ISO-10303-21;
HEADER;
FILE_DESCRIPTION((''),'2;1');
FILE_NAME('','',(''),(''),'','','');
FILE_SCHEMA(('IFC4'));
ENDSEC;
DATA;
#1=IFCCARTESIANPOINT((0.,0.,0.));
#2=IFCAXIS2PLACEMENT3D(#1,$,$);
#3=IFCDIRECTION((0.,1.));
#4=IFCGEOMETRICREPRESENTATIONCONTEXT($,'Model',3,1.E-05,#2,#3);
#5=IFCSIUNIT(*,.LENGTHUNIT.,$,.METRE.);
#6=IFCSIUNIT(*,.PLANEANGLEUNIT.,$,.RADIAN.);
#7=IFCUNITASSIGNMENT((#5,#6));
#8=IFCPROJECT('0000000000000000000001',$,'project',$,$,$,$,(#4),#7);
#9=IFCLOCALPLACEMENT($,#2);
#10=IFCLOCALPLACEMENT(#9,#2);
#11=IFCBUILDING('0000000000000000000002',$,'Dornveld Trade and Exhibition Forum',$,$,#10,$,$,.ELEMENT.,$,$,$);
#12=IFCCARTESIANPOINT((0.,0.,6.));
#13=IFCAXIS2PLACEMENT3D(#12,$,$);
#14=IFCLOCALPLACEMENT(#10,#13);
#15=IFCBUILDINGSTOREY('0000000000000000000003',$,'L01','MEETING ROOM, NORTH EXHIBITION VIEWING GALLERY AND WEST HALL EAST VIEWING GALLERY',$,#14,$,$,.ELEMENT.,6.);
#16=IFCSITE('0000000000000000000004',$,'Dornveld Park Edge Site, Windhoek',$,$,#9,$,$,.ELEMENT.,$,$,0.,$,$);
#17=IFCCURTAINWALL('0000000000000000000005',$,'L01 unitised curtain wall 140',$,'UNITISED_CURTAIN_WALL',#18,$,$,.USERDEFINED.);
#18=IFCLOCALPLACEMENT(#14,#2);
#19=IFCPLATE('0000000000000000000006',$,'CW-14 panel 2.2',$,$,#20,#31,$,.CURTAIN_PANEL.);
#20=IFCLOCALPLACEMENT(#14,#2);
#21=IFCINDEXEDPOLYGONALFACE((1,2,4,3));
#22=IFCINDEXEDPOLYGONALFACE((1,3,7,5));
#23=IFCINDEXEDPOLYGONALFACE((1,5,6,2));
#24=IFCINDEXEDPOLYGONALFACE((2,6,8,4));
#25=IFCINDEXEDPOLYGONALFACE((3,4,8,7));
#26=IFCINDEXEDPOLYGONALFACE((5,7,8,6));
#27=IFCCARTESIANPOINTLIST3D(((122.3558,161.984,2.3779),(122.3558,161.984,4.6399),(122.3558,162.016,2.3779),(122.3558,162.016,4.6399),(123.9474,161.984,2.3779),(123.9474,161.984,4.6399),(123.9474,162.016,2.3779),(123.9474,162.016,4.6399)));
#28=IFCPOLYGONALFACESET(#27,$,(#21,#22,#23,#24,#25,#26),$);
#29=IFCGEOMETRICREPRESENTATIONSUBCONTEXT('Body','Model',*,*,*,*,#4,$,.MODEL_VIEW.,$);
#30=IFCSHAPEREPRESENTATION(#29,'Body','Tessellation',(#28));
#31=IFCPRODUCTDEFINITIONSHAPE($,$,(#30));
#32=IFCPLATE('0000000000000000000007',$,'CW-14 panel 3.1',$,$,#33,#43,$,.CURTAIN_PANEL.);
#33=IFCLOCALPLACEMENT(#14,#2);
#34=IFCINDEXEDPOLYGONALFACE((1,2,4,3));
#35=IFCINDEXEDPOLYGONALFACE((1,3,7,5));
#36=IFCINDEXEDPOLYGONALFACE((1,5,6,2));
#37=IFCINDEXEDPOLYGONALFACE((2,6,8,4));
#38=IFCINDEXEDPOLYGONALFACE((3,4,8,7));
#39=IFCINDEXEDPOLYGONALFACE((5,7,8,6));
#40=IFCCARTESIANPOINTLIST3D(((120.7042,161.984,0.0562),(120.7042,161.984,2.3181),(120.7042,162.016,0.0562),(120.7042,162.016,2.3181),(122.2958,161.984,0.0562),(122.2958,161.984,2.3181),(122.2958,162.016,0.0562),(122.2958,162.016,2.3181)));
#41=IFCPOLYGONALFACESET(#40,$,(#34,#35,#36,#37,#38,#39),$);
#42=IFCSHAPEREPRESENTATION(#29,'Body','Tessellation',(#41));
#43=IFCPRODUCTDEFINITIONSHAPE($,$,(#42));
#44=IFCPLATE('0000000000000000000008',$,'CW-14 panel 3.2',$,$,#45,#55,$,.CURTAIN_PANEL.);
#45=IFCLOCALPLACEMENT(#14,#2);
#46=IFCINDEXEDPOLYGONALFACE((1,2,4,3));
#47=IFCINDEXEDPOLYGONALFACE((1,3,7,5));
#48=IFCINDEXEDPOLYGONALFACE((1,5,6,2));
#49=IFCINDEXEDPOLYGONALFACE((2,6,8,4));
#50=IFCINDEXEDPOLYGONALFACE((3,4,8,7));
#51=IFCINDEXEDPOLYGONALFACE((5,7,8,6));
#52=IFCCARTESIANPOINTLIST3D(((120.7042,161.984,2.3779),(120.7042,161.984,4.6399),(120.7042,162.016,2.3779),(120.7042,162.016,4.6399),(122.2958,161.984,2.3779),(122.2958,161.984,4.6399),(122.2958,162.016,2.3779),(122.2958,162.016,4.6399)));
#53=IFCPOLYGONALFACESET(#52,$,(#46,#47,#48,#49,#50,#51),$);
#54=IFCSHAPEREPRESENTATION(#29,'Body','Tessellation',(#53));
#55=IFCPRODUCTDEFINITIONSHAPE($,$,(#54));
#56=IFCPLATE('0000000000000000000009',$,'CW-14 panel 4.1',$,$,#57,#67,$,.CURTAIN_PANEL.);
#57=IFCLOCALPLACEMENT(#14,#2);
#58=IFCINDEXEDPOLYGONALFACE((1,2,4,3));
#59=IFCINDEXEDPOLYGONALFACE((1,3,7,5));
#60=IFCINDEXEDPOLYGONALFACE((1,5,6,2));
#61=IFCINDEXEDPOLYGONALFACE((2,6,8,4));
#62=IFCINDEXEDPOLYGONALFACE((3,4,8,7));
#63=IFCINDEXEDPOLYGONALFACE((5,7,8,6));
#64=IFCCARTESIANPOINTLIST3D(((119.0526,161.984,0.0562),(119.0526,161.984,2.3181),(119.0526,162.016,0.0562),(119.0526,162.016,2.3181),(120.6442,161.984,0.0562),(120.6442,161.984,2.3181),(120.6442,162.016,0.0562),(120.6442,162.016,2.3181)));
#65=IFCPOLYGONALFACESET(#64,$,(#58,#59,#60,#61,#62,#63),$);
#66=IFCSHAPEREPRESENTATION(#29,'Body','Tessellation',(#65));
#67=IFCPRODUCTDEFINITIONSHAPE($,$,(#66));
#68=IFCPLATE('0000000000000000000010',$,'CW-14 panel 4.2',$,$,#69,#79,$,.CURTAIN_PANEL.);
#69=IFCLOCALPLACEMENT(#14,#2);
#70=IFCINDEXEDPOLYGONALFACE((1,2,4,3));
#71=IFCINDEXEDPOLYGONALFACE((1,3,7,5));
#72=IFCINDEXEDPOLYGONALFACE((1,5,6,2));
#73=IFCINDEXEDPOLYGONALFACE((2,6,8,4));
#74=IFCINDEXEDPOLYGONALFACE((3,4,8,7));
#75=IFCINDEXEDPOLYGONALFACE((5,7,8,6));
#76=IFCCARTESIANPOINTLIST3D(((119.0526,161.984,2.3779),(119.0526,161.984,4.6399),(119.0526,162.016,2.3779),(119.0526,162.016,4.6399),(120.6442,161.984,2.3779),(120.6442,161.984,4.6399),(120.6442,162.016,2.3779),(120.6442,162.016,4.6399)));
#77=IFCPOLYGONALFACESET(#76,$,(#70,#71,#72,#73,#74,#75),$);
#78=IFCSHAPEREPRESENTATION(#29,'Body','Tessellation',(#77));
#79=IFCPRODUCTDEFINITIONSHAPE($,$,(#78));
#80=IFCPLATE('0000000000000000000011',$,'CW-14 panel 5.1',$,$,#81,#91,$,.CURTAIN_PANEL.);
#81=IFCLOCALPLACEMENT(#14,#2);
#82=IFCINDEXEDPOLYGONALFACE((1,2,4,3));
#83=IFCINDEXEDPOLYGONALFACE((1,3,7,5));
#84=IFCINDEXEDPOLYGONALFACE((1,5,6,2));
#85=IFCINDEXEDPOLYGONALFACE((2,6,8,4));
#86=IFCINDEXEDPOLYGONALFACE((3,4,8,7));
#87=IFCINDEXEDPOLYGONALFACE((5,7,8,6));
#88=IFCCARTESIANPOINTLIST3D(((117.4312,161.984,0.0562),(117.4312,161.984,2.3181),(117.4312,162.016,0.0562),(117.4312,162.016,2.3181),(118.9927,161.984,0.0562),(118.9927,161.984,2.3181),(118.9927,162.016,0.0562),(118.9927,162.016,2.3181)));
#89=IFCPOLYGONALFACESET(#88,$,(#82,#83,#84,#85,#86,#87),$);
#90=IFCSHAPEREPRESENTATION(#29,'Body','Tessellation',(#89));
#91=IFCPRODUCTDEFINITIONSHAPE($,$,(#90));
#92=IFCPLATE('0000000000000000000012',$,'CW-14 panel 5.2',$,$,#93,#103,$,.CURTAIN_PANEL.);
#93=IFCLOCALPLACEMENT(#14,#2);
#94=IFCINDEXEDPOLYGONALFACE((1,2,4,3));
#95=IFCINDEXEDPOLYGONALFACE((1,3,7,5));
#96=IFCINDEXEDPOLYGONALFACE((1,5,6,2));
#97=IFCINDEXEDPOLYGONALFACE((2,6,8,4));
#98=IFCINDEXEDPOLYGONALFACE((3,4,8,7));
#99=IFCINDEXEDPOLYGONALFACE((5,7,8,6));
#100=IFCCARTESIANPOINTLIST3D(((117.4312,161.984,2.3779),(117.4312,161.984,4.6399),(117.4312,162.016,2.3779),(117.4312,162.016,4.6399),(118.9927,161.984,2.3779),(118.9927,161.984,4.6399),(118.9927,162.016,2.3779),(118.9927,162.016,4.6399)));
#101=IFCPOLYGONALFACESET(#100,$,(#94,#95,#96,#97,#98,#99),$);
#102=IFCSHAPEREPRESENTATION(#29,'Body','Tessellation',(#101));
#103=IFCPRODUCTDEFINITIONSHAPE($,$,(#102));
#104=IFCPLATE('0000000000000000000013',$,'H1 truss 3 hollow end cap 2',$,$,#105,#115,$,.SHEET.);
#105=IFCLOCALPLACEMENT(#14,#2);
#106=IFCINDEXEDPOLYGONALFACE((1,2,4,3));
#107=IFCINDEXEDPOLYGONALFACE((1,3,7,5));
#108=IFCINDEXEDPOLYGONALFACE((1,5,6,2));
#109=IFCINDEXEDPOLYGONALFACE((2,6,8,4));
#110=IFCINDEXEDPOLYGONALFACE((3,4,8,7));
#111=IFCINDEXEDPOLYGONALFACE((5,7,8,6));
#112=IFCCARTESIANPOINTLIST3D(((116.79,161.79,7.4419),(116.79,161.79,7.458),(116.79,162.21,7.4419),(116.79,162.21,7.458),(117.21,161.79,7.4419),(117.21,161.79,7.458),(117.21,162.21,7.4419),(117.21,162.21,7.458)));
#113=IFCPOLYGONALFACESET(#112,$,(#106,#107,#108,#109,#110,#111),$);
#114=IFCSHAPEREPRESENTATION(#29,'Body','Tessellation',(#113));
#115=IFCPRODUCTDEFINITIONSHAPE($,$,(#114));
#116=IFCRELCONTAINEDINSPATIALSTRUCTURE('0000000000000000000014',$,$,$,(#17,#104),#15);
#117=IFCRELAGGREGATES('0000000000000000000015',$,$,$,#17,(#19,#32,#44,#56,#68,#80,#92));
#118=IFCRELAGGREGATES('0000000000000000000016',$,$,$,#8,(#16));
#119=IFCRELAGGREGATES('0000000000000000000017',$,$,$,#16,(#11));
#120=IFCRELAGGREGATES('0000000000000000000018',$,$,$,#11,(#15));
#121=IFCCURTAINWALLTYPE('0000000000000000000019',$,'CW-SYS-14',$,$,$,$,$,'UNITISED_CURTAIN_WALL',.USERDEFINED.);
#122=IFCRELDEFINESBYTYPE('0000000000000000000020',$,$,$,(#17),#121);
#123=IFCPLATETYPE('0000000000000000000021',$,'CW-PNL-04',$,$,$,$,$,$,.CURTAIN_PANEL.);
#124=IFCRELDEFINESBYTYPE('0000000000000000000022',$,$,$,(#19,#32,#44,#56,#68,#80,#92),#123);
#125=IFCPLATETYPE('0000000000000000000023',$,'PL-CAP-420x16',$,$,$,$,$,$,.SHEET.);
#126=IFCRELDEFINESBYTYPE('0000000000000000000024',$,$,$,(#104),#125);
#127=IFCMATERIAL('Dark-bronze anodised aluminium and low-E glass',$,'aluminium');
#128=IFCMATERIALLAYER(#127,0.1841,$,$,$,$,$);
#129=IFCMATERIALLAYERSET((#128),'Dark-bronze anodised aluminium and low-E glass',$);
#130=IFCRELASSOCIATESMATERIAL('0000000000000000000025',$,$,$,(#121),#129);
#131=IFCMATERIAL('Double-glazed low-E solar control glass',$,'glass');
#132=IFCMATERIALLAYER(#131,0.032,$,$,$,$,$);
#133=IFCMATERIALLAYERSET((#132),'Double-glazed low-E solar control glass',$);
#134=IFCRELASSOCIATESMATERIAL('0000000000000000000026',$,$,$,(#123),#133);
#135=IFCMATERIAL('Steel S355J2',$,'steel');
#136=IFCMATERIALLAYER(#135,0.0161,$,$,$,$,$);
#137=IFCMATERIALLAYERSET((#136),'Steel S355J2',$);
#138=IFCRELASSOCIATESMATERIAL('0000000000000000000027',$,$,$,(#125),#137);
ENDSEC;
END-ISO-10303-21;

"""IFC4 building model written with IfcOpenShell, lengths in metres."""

from ifc_helpers import new_model, si_unit, direction, frame, origin, origin_2d, place, context, subcontext, project, spatial, rectangle, extrude, material, layer, layer_set, type_object, element, aggregate, save


model = new_model("IFC4")

# Units and contexts
model_context = context("Model", 3, precision=1e-05, world=origin(), true_north=direction((0.0, 1.0)))
body_context = subcontext(model_context, "Body", "Model", "MODEL_VIEW")
ifc_project = project(units=[si_unit("LENGTHUNIT", "METRE"), si_unit("PLANEANGLEUNIT", "RADIAN")], contexts=[model_context])

# Site, building, storey
site_placement = place(None, origin())
site = spatial("IfcSite", under=ifc_project, at=site_placement, Name="Dornveld Park Edge Site, Windhoek", CompositionType="ELEMENT", RefElevation=0.0)
building_placement = place(site_placement, origin())
building = spatial("IfcBuilding", under=site, at=building_placement, Name="Dornveld Trade and Exhibition Forum", CompositionType="ELEMENT")
storey_placement = place(building_placement, frame((0.0, 0.0, 6.0)))
storey = spatial("IfcBuildingStorey", under=building, at=storey_placement, Name="L01", Description="MEETING ROOM, NORTH EXHIBITION VIEWING GALLERY AND WEST HALL EAST VIEWING GALLERY", CompositionType="ELEMENT", Elevation=6.0)

# Curtain wall
ifc_material_1 = material(Name="Dark-bronze anodised aluminium and low-E glass", Category="aluminium")
ifc_layer_1 = layer(ifc_material_1, 0.1841)
ifc_layer_set_1 = layer_set([ifc_layer_1], Name="Dark-bronze anodised aluminium and low-E glass")
curtain_wall_type = type_object("IfcCurtainWallType", Name="CW-SYS-14", ElementType="UNITISED_CURTAIN_WALL", PredefinedType="USERDEFINED", material=ifc_layer_set_1)
curtain_wall_placement = place(storey_placement, origin())
curtain_wall = element("IfcCurtainWall", 1, at=curtain_wall_placement, inside=storey, type_object=curtain_wall_type, Name="L01 unitised curtain wall 140", ObjectType="UNITISED_CURTAIN_WALL", PredefinedType="USERDEFINED")

# Plates
ifc_material_2 = material(Name="Double-glazed low-E solar control glass", Category="glass")
ifc_layer_2 = layer(ifc_material_2, 0.032)
ifc_layer_set_2 = layer_set([ifc_layer_2], Name="Double-glazed low-E solar control glass")
plate_type_1 = type_object("IfcPlateType", Name="CW-PNL-04", PredefinedType="CURTAIN_PANEL", material=ifc_layer_set_2)
plate_1_placement = place(storey_placement, frame((123.1516, 162.0, 2.3779), z_axis=(0.0, 0.0, 1.0), x_axis=(-1.0, 0.0, 0.0)))
plate_1 = element("IfcPlate", 2, at=plate_1_placement, type_object=plate_type_1, Name="CW-14 panel 2.2", PredefinedType="CURTAIN_PANEL", context=body_context, shape_type="SweptSolid", body=[
    extrude(rectangle(XDim=1.5916, YDim=0.032, at=origin_2d()), origin(), (0.0, 0.0, 1.0), 2.262),
])
plate_2_placement = place(storey_placement, frame((121.5, 162.0, 0.0562), z_axis=(0.0, 0.0, 1.0), x_axis=(-1.0, 0.0, 0.0)))
plate_2 = element("IfcPlate", 3, at=plate_2_placement, type_object=plate_type_1, Name="CW-14 panel 3.1", PredefinedType="CURTAIN_PANEL", context=body_context, shape_type="SweptSolid", body=[
    extrude(rectangle(XDim=1.5916, YDim=0.032, at=origin_2d()), origin(), (0.0, 0.0, 1.0), 2.262),
])
plate_3_placement = place(storey_placement, frame((121.5, 162.0, 2.3779), z_axis=(0.0, 0.0, 1.0), x_axis=(-1.0, 0.0, 0.0)))
plate_3 = element("IfcPlate", 4, at=plate_3_placement, type_object=plate_type_1, Name="CW-14 panel 3.2", PredefinedType="CURTAIN_PANEL", context=body_context, shape_type="SweptSolid", body=[
    extrude(rectangle(XDim=1.5916, YDim=0.032, at=origin_2d()), origin(), (0.0, 0.0, 1.0), 2.262),
])
plate_4_placement = place(storey_placement, frame((119.8484, 162.0, 0.0562), z_axis=(0.0, 0.0, 1.0), x_axis=(-1.0, 0.0, 0.0)))
plate_4 = element("IfcPlate", 5, at=plate_4_placement, type_object=plate_type_1, Name="CW-14 panel 4.1", PredefinedType="CURTAIN_PANEL", context=body_context, shape_type="SweptSolid", body=[
    extrude(rectangle(XDim=1.5916, YDim=0.032, at=origin_2d()), origin(), (0.0, 0.0, 1.0), 2.262),
])
plate_5_placement = place(storey_placement, frame((119.8484, 162.0, 2.3779), z_axis=(0.0, 0.0, 1.0), x_axis=(-1.0, 0.0, 0.0)))
plate_5 = element("IfcPlate", 6, at=plate_5_placement, type_object=plate_type_1, Name="CW-14 panel 4.2", PredefinedType="CURTAIN_PANEL", context=body_context, shape_type="SweptSolid", body=[
    extrude(rectangle(XDim=1.5916, YDim=0.032, at=origin_2d()), origin(), (0.0, 0.0, 1.0), 2.262),
])
plate_6_placement = place(storey_placement, frame((118.2119, 162.0, 0.0562), z_axis=(0.0, 0.0, 1.0), x_axis=(-1.0, 0.0, 0.0)))
plate_6 = element("IfcPlate", 7, at=plate_6_placement, type_object=plate_type_1, Name="CW-14 panel 5.1", PredefinedType="CURTAIN_PANEL", context=body_context, shape_type="SweptSolid", body=[
    extrude(rectangle(XDim=1.5615, YDim=0.032, at=origin_2d()), origin(), (0.0, 0.0, 1.0), 2.262),
])
plate_7_placement = place(storey_placement, frame((118.2119, 162.0, 2.3779), z_axis=(0.0, 0.0, 1.0), x_axis=(-1.0, 0.0, 0.0)))
plate_7 = element("IfcPlate", 8, at=plate_7_placement, type_object=plate_type_1, Name="CW-14 panel 5.2", PredefinedType="CURTAIN_PANEL", context=body_context, shape_type="SweptSolid", body=[
    extrude(rectangle(XDim=1.5615, YDim=0.032, at=origin_2d()), origin(), (0.0, 0.0, 1.0), 2.262),
])
aggregate(curtain_wall, [plate_1, plate_2, plate_3, plate_4, plate_5, plate_6, plate_7])
ifc_material_3 = material(Name="Steel S355J2", Category="steel")
ifc_layer_3 = layer(ifc_material_3, 0.0161)
ifc_layer_set_3 = layer_set([ifc_layer_3], Name="Steel S355J2")
plate_type_2 = type_object("IfcPlateType", Name="PL-CAP-420x16", PredefinedType="SHEET", material=ifc_layer_set_3)
plate_8_placement = place(storey_placement, frame((117.0, 162.0, 7.4419), z_axis=(0.0, 0.0, 1.0), x_axis=(1.0, 0.0, 0.0)))
element("IfcPlate", 9, at=plate_8_placement, inside=storey, type_object=plate_type_2, Name="H1 truss 3 hollow end cap 2", PredefinedType="SHEET", context=body_context, shape_type="SweptSolid", body=[
    extrude(rectangle(XDim=0.4199, YDim=0.4199, at=origin_2d()), origin(), (0.0, 0.0, 1.0), 0.0161),
])

save(model, "model.ifc")
